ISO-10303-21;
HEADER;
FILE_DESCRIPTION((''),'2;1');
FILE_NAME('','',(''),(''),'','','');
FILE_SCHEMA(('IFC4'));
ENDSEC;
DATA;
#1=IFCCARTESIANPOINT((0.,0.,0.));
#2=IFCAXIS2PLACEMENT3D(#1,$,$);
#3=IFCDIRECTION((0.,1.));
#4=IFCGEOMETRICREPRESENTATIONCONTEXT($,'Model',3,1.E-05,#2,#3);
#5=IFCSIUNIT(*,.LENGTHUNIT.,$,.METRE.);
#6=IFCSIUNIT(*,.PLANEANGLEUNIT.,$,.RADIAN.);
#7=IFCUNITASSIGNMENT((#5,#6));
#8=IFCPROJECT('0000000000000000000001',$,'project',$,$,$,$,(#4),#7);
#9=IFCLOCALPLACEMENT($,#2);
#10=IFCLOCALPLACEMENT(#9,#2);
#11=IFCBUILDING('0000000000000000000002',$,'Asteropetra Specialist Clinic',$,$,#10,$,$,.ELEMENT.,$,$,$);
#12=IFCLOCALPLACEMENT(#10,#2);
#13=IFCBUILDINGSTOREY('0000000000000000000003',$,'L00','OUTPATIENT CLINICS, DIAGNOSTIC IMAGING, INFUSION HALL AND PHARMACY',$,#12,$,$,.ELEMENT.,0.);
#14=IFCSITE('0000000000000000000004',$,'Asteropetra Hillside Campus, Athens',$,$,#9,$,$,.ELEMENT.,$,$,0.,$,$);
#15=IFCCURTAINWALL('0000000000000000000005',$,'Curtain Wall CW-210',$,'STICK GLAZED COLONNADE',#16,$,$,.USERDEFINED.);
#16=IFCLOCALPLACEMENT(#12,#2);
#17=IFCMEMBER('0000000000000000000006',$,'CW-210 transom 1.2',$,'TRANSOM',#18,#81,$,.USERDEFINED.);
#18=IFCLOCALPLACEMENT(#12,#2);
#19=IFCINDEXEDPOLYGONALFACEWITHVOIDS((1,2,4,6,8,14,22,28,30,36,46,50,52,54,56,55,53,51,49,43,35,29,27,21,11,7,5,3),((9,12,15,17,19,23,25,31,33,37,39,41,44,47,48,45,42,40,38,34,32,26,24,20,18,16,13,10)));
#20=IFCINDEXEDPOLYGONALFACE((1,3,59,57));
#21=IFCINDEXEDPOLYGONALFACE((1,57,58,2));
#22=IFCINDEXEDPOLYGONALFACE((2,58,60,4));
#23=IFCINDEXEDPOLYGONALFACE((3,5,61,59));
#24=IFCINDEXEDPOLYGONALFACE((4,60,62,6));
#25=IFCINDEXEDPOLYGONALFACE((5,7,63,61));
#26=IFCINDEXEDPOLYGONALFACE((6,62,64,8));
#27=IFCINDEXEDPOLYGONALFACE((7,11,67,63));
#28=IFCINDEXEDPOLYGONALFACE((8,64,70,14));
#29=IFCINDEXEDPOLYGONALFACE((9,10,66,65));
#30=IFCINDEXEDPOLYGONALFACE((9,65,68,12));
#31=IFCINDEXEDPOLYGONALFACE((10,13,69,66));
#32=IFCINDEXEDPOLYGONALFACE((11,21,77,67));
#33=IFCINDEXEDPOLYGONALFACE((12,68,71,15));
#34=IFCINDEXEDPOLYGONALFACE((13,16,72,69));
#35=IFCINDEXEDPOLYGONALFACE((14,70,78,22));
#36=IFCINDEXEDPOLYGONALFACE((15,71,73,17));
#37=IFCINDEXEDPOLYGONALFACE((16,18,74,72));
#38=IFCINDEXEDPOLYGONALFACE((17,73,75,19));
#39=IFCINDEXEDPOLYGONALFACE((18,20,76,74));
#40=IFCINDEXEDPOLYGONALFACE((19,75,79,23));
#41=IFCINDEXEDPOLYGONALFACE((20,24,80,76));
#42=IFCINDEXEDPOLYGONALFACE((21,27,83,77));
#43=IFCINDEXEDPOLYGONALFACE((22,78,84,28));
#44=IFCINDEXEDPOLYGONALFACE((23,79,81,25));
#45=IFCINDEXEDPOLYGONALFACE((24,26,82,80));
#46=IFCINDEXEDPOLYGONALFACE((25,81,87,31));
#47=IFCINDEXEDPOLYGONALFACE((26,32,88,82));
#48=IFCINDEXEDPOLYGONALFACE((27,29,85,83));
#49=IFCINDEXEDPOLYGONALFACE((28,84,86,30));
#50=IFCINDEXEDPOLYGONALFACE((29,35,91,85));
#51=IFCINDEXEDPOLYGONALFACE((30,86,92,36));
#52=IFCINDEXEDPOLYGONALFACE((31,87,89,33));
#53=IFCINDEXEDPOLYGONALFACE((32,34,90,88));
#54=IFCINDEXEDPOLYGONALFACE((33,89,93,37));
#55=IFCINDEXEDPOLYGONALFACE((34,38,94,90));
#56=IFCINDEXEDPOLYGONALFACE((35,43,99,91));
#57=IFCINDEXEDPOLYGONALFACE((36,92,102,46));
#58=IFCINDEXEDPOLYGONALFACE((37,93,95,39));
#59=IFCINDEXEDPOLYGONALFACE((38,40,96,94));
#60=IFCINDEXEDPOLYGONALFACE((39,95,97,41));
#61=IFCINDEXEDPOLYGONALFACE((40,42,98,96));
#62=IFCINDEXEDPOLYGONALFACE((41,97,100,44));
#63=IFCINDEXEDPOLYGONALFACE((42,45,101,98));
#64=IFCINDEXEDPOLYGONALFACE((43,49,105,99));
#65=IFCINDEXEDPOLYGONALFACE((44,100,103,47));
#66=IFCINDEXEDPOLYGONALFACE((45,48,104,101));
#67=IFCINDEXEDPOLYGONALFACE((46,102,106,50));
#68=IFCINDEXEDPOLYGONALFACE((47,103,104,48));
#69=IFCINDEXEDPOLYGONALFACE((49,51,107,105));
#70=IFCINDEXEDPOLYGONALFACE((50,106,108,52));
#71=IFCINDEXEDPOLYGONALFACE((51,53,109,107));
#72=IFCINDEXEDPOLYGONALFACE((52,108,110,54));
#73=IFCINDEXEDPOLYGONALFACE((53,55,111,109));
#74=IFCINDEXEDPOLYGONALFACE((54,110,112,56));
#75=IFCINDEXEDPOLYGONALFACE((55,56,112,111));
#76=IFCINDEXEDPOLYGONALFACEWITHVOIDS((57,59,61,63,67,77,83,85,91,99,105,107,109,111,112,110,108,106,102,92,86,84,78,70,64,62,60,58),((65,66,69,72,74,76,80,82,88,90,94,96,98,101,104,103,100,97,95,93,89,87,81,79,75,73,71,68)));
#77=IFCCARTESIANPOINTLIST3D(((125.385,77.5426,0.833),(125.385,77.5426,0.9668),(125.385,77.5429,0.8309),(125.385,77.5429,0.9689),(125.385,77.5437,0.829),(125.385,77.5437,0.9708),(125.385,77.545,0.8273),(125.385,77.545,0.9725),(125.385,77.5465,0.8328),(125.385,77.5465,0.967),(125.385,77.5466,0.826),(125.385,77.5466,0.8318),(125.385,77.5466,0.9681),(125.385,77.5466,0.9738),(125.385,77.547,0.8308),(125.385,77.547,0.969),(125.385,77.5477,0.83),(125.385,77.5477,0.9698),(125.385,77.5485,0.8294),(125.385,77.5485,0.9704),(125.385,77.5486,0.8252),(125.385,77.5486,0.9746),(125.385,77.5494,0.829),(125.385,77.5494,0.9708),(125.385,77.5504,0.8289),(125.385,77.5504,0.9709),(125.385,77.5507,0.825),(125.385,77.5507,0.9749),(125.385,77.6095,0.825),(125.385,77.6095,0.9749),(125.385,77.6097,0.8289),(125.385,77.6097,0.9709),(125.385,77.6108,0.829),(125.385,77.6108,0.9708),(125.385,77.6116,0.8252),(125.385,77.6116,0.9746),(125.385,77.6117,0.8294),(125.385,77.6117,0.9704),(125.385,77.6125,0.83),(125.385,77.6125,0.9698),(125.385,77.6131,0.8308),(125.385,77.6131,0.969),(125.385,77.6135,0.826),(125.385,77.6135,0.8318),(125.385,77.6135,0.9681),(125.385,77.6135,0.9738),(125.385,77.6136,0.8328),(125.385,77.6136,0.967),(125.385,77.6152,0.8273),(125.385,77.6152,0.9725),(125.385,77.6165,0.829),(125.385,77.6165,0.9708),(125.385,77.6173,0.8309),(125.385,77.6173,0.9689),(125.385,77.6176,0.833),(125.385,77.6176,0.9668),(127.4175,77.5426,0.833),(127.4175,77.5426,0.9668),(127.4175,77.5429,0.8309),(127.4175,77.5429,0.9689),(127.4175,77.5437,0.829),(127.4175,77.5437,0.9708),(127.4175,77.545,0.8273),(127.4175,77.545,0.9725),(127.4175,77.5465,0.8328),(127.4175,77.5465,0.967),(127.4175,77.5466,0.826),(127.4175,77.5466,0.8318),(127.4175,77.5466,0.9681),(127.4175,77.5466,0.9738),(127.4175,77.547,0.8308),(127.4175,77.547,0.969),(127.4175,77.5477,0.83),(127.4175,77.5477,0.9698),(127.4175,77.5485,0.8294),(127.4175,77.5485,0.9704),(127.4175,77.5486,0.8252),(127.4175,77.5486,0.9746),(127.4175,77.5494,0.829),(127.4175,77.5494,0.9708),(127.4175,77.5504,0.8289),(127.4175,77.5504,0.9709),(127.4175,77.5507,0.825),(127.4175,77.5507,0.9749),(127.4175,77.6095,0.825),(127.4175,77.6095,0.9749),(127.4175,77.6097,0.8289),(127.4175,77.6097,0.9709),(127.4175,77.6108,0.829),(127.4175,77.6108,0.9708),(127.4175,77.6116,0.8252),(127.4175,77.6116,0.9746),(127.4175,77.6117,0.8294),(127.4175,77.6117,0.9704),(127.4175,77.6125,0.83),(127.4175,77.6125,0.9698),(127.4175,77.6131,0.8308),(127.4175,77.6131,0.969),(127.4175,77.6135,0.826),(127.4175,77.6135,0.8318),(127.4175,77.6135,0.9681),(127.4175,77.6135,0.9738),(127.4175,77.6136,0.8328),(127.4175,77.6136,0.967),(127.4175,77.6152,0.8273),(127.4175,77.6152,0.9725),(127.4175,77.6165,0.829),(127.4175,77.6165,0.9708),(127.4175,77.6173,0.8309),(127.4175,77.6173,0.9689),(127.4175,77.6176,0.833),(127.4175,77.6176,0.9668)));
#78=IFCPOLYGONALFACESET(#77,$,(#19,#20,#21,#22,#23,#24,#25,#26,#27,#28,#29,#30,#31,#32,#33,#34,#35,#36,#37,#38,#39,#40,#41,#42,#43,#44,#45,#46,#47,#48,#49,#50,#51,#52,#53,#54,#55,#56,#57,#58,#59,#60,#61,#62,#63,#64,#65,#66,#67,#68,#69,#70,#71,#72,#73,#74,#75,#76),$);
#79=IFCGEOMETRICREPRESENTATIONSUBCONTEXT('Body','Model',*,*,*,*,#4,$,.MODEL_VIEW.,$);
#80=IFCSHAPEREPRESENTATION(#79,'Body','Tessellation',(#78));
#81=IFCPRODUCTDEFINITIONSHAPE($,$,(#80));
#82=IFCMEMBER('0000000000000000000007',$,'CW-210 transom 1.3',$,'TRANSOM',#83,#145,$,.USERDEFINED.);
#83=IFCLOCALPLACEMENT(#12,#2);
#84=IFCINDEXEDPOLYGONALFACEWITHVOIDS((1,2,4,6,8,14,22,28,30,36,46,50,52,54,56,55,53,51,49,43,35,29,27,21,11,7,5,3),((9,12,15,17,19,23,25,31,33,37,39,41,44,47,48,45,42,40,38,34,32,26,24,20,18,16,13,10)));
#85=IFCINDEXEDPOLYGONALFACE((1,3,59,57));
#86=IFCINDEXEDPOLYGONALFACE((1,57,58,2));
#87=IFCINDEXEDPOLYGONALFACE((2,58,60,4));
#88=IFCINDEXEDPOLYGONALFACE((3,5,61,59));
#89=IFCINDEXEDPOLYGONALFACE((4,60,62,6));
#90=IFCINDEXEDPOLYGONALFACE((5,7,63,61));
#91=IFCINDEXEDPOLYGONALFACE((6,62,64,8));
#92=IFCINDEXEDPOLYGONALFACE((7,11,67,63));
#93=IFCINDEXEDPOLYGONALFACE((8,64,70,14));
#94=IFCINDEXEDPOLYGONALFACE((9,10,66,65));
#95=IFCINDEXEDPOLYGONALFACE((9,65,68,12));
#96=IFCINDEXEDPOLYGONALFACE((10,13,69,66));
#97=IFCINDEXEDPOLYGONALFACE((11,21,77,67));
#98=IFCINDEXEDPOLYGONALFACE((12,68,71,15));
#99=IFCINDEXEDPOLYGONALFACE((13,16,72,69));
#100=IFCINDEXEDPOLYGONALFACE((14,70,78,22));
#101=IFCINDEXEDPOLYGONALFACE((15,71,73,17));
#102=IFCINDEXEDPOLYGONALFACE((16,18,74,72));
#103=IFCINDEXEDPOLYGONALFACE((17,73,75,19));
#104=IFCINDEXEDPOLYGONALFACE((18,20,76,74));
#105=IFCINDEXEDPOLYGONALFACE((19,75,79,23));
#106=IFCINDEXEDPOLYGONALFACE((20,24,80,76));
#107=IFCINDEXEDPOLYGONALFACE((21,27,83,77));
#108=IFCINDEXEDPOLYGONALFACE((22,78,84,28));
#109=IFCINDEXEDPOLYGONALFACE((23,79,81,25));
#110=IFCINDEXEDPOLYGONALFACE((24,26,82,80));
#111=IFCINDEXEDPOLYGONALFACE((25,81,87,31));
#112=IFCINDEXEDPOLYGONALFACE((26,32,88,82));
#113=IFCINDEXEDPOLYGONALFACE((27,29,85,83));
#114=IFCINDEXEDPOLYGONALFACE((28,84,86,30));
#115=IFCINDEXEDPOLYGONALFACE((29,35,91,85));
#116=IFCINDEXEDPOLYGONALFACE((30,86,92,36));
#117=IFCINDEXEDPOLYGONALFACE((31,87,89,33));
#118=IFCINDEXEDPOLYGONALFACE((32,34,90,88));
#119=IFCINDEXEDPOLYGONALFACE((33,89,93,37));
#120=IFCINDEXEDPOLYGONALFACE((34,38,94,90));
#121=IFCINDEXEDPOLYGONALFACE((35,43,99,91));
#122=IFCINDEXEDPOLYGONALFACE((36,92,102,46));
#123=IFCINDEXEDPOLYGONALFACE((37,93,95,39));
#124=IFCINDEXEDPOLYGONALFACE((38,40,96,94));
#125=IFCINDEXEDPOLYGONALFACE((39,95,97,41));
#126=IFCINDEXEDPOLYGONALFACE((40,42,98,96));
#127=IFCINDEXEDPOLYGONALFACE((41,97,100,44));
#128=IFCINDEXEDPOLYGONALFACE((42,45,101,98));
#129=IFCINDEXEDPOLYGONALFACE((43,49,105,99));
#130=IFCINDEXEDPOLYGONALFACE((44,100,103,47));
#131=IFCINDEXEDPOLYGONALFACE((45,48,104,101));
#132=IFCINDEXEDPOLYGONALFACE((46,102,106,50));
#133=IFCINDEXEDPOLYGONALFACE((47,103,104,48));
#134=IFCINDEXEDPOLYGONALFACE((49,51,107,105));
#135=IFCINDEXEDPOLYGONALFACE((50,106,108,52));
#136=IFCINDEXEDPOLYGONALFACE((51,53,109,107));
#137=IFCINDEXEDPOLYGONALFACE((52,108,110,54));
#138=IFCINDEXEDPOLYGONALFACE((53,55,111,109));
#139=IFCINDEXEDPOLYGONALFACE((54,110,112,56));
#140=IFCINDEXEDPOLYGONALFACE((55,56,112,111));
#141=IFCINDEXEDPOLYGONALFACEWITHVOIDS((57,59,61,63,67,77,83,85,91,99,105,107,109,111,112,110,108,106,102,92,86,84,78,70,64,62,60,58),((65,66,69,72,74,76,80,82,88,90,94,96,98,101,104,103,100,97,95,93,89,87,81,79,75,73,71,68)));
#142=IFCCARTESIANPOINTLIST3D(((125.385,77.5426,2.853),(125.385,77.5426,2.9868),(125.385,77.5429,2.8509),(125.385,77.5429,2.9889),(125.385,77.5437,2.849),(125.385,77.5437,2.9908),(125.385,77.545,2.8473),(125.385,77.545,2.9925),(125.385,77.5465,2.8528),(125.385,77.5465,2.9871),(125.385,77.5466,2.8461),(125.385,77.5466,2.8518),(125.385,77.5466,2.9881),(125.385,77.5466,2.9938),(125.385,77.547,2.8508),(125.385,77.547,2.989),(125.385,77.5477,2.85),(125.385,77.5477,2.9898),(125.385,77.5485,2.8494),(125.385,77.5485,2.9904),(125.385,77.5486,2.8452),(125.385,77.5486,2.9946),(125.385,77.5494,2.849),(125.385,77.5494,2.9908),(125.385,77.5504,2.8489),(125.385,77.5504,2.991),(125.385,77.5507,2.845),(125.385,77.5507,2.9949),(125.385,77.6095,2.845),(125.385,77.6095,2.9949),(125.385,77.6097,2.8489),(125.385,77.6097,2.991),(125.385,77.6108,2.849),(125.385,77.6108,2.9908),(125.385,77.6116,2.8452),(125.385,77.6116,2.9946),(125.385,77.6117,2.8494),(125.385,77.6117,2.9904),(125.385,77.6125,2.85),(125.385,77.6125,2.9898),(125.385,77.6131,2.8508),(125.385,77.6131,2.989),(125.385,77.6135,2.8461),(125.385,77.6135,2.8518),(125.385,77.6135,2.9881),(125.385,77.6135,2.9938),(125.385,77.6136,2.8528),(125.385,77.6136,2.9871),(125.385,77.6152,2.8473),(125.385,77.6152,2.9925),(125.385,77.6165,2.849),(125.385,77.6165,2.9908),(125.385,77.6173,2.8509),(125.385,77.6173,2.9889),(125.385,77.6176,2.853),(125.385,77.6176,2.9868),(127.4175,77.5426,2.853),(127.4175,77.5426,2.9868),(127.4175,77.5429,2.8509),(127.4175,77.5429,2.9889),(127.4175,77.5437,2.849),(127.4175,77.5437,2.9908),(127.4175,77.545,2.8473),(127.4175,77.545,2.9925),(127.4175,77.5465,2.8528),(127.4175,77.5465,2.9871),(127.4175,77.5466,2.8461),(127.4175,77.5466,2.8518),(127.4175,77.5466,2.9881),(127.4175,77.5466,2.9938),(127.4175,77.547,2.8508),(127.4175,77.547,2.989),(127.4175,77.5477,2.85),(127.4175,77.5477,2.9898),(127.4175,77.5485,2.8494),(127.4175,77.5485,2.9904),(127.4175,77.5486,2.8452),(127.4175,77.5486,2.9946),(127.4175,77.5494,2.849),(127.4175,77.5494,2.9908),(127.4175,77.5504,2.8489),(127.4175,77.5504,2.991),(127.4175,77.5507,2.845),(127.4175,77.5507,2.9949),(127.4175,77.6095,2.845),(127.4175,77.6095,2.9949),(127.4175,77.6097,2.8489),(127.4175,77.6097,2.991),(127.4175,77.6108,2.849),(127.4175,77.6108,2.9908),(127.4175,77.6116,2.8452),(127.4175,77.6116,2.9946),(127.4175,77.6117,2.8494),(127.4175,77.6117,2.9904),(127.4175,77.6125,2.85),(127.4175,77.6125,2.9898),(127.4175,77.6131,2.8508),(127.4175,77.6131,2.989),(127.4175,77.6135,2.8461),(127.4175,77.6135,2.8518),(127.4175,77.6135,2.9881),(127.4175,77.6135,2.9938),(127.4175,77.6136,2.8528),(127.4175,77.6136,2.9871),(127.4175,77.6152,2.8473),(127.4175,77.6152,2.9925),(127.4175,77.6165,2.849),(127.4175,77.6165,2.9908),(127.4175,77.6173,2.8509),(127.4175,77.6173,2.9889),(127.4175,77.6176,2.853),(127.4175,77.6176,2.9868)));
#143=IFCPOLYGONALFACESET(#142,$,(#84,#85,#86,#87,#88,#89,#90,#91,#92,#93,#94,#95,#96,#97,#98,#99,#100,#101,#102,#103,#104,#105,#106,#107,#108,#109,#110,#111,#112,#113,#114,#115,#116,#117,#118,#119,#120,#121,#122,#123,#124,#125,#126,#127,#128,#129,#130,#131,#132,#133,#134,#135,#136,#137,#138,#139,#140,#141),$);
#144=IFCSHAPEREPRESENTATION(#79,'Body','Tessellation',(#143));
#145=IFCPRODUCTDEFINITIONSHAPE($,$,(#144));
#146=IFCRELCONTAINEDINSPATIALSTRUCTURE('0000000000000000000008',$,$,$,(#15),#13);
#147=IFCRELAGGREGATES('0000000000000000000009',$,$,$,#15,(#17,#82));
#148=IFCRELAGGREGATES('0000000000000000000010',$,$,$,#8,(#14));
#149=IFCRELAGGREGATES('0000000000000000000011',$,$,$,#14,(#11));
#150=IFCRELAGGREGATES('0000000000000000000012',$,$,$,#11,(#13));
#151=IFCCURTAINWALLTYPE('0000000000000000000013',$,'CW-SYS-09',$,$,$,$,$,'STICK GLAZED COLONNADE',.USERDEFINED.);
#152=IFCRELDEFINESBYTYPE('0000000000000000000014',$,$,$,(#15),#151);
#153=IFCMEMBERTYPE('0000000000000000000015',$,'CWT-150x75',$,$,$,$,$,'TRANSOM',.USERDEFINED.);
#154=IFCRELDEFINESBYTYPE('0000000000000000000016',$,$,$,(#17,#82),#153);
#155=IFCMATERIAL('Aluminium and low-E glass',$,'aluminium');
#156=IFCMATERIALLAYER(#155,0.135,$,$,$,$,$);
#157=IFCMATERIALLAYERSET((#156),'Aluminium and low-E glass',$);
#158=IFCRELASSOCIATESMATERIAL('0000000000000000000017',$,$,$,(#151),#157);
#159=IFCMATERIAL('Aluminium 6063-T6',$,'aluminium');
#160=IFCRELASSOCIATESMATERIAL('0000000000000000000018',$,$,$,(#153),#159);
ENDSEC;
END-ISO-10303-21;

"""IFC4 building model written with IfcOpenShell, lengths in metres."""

from ifc_helpers import new_model, si_unit, direction, frame, origin, origin_2d, place, context, subcontext, project, spatial, hollow_rectangle, extrude, material, layer, layer_set, material_profile, profile_set, type_object, element, aggregate, save


model = new_model("IFC4")

# Units and contexts
model_context = context("Model", 3, precision=1e-05, world=origin(), true_north=direction((0.0, 1.0)))
body_context = subcontext(model_context, "Body", "Model", "MODEL_VIEW")
ifc_project = project(units=[si_unit("LENGTHUNIT", "METRE"), si_unit("PLANEANGLEUNIT", "RADIAN")], contexts=[model_context])

# Site, building, storey
site_placement = place(None, origin())
site = spatial("IfcSite", under=ifc_project, at=site_placement, Name="Asteropetra Hillside Campus, Athens", CompositionType="ELEMENT", RefElevation=0.0)
building_placement = place(site_placement, origin())
building = spatial("IfcBuilding", under=site, at=building_placement, Name="Asteropetra Specialist Clinic", CompositionType="ELEMENT")
storey_placement = place(building_placement, origin())
storey = spatial("IfcBuildingStorey", under=building, at=storey_placement, Name="L00", Description="OUTPATIENT CLINICS, DIAGNOSTIC IMAGING, INFUSION HALL AND PHARMACY", CompositionType="ELEMENT", Elevation=0.0)

# Curtain wall, members
ifc_material_1 = material(Name="Aluminium and low-E glass", Category="aluminium")
ifc_layer_1 = layer(ifc_material_1, 0.135)
ifc_layer_set_1 = layer_set([ifc_layer_1], Name="Aluminium and low-E glass")
curtain_wall_type_1 = type_object("IfcCurtainWallType", Name="CW-SYS-09", ElementType="STICK GLAZED COLONNADE", PredefinedType="USERDEFINED", material=ifc_layer_set_1)
curtain_wall_1_placement = place(storey_placement, origin())
curtain_wall_1 = element("IfcCurtainWall", 1, at=curtain_wall_1_placement, inside=storey, type_object=curtain_wall_type_1, Name="Curtain Wall CW-210", ObjectType="STICK GLAZED COLONNADE", PredefinedType="USERDEFINED")
ifc_material_2 = material(Name="Aluminium 6063-T6", Category="aluminium")
ifc_material_profile_1 = material_profile(ifc_material_2, hollow_rectangle(XDim=0.075, YDim=0.1499, WallThickness=0.0039, InnerFilletRadius=0.0039, OuterFilletRadius=0.0081, at=origin_2d()), Name="TRN 150x75x4.0")
ifc_profile_set_1 = profile_set([ifc_material_profile_1], Name="Aluminium 6063-T6")
member_type_1 = type_object("IfcMemberType", Name="CWT-150x75", ElementType="TRANSOM", PredefinedType="USERDEFINED", material=ifc_profile_set_1)
member_1_placement = place(storey_placement, frame((125.385, 77.5801, 0.8999), z_axis=(1.0, 0.0, 0.0), x_axis=(0.0, 1.0, 0.0)))
member_1 = element("IfcMember", 2, at=member_1_placement, type_object=member_type_1, Name="CW-210 transom 1.2", ObjectType="TRANSOM", PredefinedType="USERDEFINED", context=body_context, shape_type="SweptSolid", body=[
    extrude(hollow_rectangle(XDim=0.075, YDim=0.1499, WallThickness=0.0039, InnerFilletRadius=0.0039, OuterFilletRadius=0.0081, at=origin_2d()), origin(), (0.0, 0.0, 1.0), 2.0325),
])
member_2_placement = place(storey_placement, frame((125.385, 77.5801, 2.9199), z_axis=(1.0, 0.0, 0.0), x_axis=(0.0, 1.0, 0.0)))
member_2 = element("IfcMember", 3, at=member_2_placement, type_object=member_type_1, Name="CW-210 transom 1.3", ObjectType="TRANSOM", PredefinedType="USERDEFINED", context=body_context, shape_type="SweptSolid", body=[
    extrude(hollow_rectangle(XDim=0.075, YDim=0.1499, WallThickness=0.0039, InnerFilletRadius=0.0039, OuterFilletRadius=0.0081, at=origin_2d()), origin(), (0.0, 0.0, 1.0), 2.0325),
])
aggregate(curtain_wall_1, [member_1, member_2])

save(model, "model.ifc")
